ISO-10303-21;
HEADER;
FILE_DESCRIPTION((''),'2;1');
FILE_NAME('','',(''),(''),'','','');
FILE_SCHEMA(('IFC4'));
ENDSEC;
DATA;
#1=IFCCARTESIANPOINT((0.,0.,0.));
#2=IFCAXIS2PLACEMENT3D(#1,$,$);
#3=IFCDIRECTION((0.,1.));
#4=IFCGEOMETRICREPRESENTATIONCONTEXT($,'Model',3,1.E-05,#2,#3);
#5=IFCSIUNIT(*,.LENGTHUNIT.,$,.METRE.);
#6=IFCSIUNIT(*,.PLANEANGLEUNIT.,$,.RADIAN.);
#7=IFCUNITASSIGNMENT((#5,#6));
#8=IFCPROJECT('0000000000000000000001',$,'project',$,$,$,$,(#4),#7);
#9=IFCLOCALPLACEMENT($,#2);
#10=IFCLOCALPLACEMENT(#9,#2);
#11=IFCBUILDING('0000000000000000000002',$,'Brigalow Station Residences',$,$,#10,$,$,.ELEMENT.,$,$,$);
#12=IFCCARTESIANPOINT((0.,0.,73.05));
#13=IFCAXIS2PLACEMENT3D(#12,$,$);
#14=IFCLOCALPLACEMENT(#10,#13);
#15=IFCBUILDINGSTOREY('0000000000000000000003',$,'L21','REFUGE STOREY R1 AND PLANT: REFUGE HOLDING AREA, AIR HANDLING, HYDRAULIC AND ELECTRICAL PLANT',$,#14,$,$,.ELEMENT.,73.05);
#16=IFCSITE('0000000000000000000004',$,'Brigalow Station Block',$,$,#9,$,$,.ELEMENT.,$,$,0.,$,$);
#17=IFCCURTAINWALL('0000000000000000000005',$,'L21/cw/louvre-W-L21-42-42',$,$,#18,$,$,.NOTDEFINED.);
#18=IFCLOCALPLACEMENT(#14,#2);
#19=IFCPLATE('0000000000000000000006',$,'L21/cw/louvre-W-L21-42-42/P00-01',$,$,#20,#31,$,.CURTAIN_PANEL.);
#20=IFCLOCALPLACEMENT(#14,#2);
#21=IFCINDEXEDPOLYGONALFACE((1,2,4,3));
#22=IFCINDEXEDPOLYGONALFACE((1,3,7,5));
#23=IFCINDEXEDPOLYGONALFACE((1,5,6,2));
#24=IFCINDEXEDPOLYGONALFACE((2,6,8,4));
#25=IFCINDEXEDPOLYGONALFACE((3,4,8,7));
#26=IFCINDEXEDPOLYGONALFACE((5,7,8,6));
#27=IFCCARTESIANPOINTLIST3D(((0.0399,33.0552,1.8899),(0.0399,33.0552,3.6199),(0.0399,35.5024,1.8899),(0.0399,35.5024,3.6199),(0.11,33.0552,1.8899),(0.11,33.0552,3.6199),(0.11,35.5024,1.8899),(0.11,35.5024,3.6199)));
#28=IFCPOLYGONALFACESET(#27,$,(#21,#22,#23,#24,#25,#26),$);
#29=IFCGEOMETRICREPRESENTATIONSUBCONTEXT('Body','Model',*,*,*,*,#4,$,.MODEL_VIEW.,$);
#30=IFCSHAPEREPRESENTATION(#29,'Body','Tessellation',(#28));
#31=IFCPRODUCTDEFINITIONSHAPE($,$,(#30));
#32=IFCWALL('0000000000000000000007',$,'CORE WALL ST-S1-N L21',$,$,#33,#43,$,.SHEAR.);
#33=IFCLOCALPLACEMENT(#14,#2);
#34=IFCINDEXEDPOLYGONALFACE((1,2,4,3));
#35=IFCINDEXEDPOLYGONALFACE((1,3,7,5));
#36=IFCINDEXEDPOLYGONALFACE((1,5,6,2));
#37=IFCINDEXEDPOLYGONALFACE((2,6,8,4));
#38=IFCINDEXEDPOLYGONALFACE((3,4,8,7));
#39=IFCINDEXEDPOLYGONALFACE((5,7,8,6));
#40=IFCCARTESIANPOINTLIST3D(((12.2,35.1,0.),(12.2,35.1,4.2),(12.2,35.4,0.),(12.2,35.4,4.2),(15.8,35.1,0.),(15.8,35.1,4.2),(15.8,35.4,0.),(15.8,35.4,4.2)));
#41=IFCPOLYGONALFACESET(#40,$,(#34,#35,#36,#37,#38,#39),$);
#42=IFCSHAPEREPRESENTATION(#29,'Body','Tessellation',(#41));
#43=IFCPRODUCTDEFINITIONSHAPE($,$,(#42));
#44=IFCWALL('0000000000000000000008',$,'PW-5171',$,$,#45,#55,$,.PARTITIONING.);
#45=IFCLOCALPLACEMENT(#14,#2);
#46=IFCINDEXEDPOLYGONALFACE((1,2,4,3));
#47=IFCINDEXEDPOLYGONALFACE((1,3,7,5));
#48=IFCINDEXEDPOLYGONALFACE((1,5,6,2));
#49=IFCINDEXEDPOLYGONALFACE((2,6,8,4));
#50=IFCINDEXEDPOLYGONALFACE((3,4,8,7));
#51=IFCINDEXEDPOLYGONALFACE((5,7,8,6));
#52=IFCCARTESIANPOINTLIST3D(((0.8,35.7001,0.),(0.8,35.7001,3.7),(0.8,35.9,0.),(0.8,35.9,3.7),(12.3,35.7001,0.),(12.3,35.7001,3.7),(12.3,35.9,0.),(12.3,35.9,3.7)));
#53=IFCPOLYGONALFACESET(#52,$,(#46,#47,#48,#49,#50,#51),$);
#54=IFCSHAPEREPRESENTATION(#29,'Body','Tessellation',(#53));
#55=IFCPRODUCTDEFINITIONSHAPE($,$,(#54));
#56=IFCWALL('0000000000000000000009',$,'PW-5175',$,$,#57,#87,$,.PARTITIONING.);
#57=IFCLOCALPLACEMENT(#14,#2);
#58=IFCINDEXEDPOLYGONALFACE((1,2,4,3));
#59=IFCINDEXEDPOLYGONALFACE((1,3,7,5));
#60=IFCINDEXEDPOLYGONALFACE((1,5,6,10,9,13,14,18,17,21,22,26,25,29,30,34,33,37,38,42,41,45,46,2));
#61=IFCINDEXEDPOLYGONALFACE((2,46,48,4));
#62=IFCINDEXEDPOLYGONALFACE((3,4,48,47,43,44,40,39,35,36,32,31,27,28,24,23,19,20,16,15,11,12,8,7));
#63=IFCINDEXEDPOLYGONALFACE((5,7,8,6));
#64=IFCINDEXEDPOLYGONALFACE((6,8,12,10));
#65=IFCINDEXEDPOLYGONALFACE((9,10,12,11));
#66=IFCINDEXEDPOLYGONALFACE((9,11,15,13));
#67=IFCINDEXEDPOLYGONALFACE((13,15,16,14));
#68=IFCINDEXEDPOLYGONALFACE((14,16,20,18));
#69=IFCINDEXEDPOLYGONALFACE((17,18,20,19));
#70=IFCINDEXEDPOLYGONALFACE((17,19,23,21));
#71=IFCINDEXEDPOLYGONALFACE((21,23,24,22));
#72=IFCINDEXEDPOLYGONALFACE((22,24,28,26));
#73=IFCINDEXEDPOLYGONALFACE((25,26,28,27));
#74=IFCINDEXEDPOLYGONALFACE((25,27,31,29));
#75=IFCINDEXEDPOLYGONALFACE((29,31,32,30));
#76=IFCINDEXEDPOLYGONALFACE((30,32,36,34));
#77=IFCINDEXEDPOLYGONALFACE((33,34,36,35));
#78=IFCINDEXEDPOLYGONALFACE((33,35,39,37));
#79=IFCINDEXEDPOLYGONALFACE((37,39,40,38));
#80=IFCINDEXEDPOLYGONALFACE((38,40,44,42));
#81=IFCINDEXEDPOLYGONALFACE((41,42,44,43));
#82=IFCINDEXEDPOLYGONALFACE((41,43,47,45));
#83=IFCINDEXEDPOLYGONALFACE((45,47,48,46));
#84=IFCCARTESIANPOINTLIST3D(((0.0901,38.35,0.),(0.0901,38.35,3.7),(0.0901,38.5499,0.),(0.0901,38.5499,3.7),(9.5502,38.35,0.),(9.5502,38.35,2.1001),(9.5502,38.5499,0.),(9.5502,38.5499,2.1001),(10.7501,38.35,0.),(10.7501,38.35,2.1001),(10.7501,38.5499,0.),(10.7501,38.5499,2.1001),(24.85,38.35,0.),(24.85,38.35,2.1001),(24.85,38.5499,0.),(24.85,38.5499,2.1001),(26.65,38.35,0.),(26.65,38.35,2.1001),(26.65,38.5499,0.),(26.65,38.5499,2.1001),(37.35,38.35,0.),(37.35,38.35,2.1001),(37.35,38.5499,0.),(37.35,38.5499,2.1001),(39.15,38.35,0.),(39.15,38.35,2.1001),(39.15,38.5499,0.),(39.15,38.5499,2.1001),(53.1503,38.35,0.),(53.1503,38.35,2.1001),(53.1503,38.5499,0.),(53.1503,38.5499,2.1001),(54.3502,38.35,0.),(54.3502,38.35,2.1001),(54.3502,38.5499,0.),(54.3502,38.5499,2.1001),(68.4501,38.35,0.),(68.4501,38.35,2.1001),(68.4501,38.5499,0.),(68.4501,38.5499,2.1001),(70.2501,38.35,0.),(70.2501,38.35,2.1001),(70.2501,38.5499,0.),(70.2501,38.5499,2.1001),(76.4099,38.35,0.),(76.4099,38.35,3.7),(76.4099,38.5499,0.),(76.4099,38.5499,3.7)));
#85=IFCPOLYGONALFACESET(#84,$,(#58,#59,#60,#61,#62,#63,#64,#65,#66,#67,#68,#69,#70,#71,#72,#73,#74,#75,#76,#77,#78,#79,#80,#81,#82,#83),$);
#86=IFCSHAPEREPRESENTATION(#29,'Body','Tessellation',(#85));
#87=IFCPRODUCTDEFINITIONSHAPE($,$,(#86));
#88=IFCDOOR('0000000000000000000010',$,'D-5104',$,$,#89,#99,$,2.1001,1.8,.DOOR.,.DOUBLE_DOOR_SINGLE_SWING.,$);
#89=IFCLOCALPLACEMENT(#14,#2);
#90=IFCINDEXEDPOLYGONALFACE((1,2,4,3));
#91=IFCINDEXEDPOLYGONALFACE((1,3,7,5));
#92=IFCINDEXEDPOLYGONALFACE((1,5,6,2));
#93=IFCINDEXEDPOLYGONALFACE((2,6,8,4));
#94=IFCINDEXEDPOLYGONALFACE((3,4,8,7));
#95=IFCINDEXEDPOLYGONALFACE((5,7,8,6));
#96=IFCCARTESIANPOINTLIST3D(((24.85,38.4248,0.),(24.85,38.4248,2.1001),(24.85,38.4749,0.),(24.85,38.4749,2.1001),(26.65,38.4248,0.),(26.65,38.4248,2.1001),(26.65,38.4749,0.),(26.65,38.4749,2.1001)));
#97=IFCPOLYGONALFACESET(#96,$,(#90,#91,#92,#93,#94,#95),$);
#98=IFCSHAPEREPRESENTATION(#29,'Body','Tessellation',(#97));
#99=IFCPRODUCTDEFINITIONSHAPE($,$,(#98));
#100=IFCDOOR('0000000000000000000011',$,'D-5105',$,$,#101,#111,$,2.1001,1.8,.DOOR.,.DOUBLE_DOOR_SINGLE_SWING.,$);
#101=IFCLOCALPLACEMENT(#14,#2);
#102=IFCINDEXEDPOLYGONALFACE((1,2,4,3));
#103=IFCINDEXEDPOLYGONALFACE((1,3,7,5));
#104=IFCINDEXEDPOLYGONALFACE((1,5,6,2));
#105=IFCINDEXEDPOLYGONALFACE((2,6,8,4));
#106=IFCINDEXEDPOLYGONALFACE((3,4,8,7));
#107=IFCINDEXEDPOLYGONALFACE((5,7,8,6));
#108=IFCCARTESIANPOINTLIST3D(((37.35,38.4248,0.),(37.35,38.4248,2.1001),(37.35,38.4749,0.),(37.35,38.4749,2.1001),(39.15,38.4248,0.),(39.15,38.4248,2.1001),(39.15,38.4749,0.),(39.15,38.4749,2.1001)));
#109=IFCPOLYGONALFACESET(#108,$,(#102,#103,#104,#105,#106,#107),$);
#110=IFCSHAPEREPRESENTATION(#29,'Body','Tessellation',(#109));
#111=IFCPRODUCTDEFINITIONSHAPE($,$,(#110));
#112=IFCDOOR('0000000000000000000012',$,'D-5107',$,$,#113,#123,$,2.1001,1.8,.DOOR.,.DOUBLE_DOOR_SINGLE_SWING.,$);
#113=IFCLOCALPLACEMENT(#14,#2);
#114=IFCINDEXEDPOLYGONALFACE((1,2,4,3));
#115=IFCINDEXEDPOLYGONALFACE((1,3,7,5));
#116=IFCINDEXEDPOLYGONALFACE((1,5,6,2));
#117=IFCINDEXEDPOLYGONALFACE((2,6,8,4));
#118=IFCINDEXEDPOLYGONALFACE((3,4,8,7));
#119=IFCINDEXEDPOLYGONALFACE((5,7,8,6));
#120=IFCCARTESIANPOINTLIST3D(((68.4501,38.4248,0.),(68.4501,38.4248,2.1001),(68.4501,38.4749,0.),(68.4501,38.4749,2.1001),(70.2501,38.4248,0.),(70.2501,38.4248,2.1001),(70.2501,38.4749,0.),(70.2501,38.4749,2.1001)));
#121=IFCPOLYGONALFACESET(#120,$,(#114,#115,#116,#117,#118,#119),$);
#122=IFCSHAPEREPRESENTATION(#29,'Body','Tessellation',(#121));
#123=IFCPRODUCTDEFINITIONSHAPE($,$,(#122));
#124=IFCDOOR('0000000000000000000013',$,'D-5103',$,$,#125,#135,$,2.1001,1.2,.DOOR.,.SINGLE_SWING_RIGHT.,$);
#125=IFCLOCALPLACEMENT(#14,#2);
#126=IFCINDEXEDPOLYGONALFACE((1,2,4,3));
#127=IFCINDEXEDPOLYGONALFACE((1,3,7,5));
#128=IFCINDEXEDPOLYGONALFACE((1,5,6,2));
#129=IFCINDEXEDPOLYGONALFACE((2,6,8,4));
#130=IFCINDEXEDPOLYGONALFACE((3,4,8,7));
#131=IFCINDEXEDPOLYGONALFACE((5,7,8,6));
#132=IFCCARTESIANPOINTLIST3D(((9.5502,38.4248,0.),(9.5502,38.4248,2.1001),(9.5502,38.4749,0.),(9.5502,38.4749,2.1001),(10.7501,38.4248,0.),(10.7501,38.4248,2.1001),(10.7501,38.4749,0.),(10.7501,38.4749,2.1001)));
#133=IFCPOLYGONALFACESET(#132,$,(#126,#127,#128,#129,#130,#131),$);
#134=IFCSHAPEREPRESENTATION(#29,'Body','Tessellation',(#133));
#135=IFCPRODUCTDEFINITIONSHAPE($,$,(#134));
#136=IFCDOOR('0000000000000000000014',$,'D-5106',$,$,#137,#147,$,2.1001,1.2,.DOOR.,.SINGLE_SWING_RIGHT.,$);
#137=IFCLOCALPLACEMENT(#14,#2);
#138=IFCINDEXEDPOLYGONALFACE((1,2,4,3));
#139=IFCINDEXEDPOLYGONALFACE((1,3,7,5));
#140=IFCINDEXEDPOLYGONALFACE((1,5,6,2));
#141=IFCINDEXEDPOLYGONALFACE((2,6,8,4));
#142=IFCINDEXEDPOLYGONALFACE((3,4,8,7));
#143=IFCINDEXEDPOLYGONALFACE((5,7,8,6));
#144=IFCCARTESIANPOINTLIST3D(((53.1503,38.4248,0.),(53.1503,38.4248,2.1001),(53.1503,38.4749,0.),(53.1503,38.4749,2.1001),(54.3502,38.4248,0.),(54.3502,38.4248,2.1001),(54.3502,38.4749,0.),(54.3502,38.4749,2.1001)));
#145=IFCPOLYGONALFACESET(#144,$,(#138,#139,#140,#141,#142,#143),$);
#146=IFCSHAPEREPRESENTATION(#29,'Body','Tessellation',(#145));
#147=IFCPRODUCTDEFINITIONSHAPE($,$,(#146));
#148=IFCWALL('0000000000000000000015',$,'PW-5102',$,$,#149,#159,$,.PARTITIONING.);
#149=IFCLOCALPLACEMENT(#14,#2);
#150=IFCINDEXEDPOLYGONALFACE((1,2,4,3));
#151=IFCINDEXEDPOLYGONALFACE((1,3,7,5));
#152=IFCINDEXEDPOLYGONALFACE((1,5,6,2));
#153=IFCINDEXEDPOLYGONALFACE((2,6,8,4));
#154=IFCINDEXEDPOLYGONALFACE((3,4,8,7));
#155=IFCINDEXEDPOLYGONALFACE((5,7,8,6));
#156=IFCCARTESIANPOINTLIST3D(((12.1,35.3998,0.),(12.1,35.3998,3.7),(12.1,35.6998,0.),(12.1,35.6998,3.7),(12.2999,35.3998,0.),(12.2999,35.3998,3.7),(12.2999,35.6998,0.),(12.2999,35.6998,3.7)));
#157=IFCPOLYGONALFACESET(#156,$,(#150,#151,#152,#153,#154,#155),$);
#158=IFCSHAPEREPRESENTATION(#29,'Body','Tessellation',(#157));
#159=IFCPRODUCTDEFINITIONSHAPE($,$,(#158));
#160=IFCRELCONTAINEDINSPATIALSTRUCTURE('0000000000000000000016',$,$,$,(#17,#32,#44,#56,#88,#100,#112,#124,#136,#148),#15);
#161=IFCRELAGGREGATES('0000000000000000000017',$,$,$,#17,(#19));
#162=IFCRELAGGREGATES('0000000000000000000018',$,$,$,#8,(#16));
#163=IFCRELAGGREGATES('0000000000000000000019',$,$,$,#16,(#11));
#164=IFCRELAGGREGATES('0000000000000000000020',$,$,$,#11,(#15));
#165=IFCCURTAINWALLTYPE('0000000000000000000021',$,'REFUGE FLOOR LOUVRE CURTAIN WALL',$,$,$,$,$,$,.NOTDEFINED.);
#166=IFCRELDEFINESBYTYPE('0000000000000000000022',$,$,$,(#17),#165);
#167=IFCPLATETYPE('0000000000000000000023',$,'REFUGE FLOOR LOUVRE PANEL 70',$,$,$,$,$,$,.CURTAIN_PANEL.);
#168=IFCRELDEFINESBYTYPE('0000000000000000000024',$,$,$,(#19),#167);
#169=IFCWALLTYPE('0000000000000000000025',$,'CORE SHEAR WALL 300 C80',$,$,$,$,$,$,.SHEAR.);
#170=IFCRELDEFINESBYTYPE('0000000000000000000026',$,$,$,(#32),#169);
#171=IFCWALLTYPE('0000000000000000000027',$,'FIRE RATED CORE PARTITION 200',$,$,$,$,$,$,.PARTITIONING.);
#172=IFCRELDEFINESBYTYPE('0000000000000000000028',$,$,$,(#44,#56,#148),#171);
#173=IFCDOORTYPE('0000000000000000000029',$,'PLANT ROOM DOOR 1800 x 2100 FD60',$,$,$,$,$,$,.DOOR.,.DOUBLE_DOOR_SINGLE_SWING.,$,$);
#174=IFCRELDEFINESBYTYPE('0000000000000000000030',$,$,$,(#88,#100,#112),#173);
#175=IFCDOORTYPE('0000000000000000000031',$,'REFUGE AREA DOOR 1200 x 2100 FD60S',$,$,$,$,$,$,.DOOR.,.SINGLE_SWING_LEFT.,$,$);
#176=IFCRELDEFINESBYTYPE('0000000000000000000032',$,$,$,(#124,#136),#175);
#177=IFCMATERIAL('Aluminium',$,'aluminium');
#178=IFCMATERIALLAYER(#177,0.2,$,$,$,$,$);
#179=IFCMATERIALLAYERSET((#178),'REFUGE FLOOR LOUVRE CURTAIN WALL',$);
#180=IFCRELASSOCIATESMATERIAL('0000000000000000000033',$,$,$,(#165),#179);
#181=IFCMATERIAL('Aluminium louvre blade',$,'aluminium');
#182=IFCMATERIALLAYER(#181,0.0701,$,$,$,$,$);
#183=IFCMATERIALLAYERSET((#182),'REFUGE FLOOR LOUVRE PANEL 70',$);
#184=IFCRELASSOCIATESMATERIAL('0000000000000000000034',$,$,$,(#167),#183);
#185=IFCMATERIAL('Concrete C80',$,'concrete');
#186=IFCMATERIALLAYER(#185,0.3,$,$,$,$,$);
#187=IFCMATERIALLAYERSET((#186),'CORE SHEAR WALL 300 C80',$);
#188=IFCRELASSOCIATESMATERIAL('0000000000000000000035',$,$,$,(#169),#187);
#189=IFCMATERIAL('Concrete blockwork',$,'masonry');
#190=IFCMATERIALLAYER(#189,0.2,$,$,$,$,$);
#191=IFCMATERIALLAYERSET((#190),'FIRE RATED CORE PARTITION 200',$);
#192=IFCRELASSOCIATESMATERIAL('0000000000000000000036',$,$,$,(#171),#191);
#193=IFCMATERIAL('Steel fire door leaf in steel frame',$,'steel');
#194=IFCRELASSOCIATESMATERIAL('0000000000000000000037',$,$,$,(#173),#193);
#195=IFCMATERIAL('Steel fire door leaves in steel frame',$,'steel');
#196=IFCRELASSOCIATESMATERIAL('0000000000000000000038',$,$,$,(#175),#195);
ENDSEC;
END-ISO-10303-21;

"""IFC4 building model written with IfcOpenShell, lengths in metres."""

from ifc_helpers import new_model, si_unit, direction, frame, frame_2d, origin, origin_2d, place, context, subcontext, project, spatial, rectangle, extrude, material, layer, layer_set, type_object, element, fill, aggregate, save


model = new_model("IFC4")

# Units and contexts
model_context = context("Model", 3, precision=1e-05, world=origin(), true_north=direction((0.0, 1.0)))
body_context = subcontext(model_context, "Body", "Model", "MODEL_VIEW")
ifc_project = project(units=[si_unit("LENGTHUNIT", "METRE"), si_unit("PLANEANGLEUNIT", "RADIAN")], contexts=[model_context])

# Site, building, storey
site_placement = place(None, origin())
site = spatial("IfcSite", under=ifc_project, at=site_placement, Name="Brigalow Station Block", CompositionType="ELEMENT", RefElevation=0.0)
building_placement = place(site_placement, origin())
building = spatial("IfcBuilding", under=site, at=building_placement, Name="Brigalow Station Residences", CompositionType="ELEMENT")
storey_placement = place(building_placement, frame((0.0, 0.0, 73.05)))
storey = spatial("IfcBuildingStorey", under=building, at=storey_placement, Name="L21", Description="REFUGE STOREY R1 AND PLANT: REFUGE HOLDING AREA, AIR HANDLING, HYDRAULIC AND ELECTRICAL PLANT", CompositionType="ELEMENT", Elevation=73.05)

# Shared definitions
ifc_material_1 = material(Name="Aluminium", Category="aluminium")
ifc_layer_1 = layer(ifc_material_1, 0.2)
ifc_layer_set_1 = layer_set([ifc_layer_1], Name="REFUGE FLOOR LOUVRE CURTAIN WALL")
curtain_wall_type = type_object("IfcCurtainWallType", Name="REFUGE FLOOR LOUVRE CURTAIN WALL", PredefinedType="NOTDEFINED", material=ifc_layer_set_1)

# Curtain wall
curtain_wall_1_placement = place(storey_placement, origin())
curtain_wall_1 = element("IfcCurtainWall", 1, at=curtain_wall_1_placement, inside=storey, type_object=curtain_wall_type, Name="L21/cw/louvre-W-L21-42-42", PredefinedType="NOTDEFINED")

# Plate
ifc_material_2 = material(Name="Aluminium louvre blade", Category="aluminium")
ifc_layer_2 = layer(ifc_material_2, 0.0701)
ifc_layer_set_2 = layer_set([ifc_layer_2], Name="REFUGE FLOOR LOUVRE PANEL 70")
plate_type = type_object("IfcPlateType", Name="REFUGE FLOOR LOUVRE PANEL 70", PredefinedType="CURTAIN_PANEL", material=ifc_layer_set_2)
plate_1_placement = place(storey_placement, frame((0.075, 34.2788, 1.8899), z_axis=(0.0, 0.0, 1.0), x_axis=(0.0, -1.0, 0.0)))
plate_1 = element("IfcPlate", 2, at=plate_1_placement, type_object=plate_type, Name="L21/cw/louvre-W-L21-42-42/P00-01", PredefinedType="CURTAIN_PANEL", context=body_context, shape_type="SweptSolid", body=[
    extrude(rectangle(XDim=2.4473, YDim=0.0701, at=origin_2d()), origin(), (0.0, 0.0, 1.0), 1.73),
])
aggregate(curtain_wall_1, [plate_1])

# Walls
ifc_material_3 = material(Name="Concrete C80", Category="concrete")
ifc_layer_3 = layer(ifc_material_3, 0.3)
ifc_layer_set_3 = layer_set([ifc_layer_3], Name="CORE SHEAR WALL 300 C80")
wall_type_1 = type_object("IfcWallType", Name="CORE SHEAR WALL 300 C80", PredefinedType="SHEAR", material=ifc_layer_set_3)
wall_1_placement = place(storey_placement, frame((12.2, 35.25, 0.0), z_axis=(0.0, 0.0, 1.0), x_axis=(1.0, 0.0, 0.0)))
element("IfcWall", 3, at=wall_1_placement, inside=storey, type_object=wall_type_1, Name="CORE WALL ST-S1-N L21", PredefinedType="SHEAR", context=body_context, shape_type="SweptSolid", body=[
    extrude(rectangle(XDim=3.6001, YDim=0.3, at=frame_2d((1.8, 0.0))), origin(), (0.0, 0.0, 1.0), 4.2),
])
ifc_material_4 = material(Name="Concrete blockwork", Category="masonry")
ifc_layer_4 = layer(ifc_material_4, 0.2)
ifc_layer_set_4 = layer_set([ifc_layer_4], Name="FIRE RATED CORE PARTITION 200")
wall_type_2 = type_object("IfcWallType", Name="FIRE RATED CORE PARTITION 200", PredefinedType="PARTITIONING", material=ifc_layer_set_4)
wall_2_placement = place(storey_placement, frame((0.8, 35.8, 0.0), z_axis=(0.0, 0.0, 1.0), x_axis=(1.0, 0.0, 0.0)))
element("IfcWall", 4, at=wall_2_placement, inside=storey, type_object=wall_type_2, Name="PW-5171", PredefinedType="PARTITIONING", context=body_context, shape_type="SweptSolid", body=[
    extrude(rectangle(XDim=11.5, YDim=0.2, at=frame_2d((5.75, 0.0))), origin(), (0.0, 0.0, 1.0), 3.7),
])

# Wall, openings, doors
wall_3_placement = place(storey_placement, frame((0.0901, 38.45, 0.0), z_axis=(0.0, 0.0, 1.0), x_axis=(1.0, 0.0, 0.0)))
wall_3 = element("IfcWall", 5, at=wall_3_placement, inside=storey, type_object=wall_type_2, Name="PW-5175", PredefinedType="PARTITIONING", context=body_context, shape_type="SweptSolid", body=[
    extrude(rectangle(XDim=76.3198, YDim=0.2, at=frame_2d((38.1599, 0.0))), origin(), (0.0, 0.0, 1.0), 3.7),
])
opening_1_placement = place(wall_3_placement, frame((9.46, 0.0, 0.0)))
opening_1 = element("IfcOpeningElement", 6, at=opening_1_placement, cuts=wall_3, PredefinedType="OPENING", context=body_context, shape_type="SweptSolid", body=[
    extrude(rectangle(XDim=1.2, YDim=2.1001, at=frame_2d((0.6001, 1.05))), frame((0.0, 0.1099, 0.0), z_axis=(0.0, -1.0, 0.0), x_axis=(1.0, 0.0, 0.0)), (0.0, 0.0, 1.0), 0.22),
])
opening_2_placement = place(wall_3_placement, frame((24.76, 0.0, 0.0)))
opening_2 = element("IfcOpeningElement", 7, at=opening_2_placement, cuts=wall_3, PredefinedType="OPENING", context=body_context, shape_type="SweptSolid", body=[
    extrude(rectangle(XDim=1.8, YDim=2.1001, at=frame_2d((0.8999, 1.05))), frame((0.0, 0.1099, 0.0), z_axis=(0.0, -1.0, 0.0), x_axis=(1.0, 0.0, 0.0)), (0.0, 0.0, 1.0), 0.22),
])
opening_3_placement = place(wall_3_placement, frame((37.26, 0.0, 0.0)))
opening_3 = element("IfcOpeningElement", 8, at=opening_3_placement, cuts=wall_3, PredefinedType="OPENING", context=body_context, shape_type="SweptSolid", body=[
    extrude(rectangle(XDim=1.8, YDim=2.1001, at=frame_2d((0.8999, 1.05))), frame((0.0, 0.1099, 0.0), z_axis=(0.0, -1.0, 0.0), x_axis=(1.0, 0.0, 0.0)), (0.0, 0.0, 1.0), 0.22),
])
opening_4_placement = place(wall_3_placement, frame((53.0601, 0.0, 0.0)))
opening_4 = element("IfcOpeningElement", 9, at=opening_4_placement, cuts=wall_3, PredefinedType="OPENING", context=body_context, shape_type="SweptSolid", body=[
    extrude(rectangle(XDim=1.2, YDim=2.1001, at=frame_2d((0.6001, 1.05))), frame((0.0, 0.1099, 0.0), z_axis=(0.0, -1.0, 0.0), x_axis=(1.0, 0.0, 0.0)), (0.0, 0.0, 1.0), 0.22),
])
opening_5_placement = place(wall_3_placement, frame((68.3601, 0.0, 0.0)))
opening_5 = element("IfcOpeningElement", 10, at=opening_5_placement, cuts=wall_3, PredefinedType="OPENING", context=body_context, shape_type="SweptSolid", body=[
    extrude(rectangle(XDim=1.8, YDim=2.1001, at=frame_2d((0.8999, 1.05))), frame((0.0, 0.1099, 0.0), z_axis=(0.0, -1.0, 0.0), x_axis=(1.0, 0.0, 0.0)), (0.0, 0.0, 1.0), 0.22),
])
ifc_material_5 = material(Name="Steel fire door leaf in steel frame", Category="steel")
door_type_1 = type_object("IfcDoorType", Name="PLANT ROOM DOOR 1800 x 2100 FD60", OperationType="DOUBLE_DOOR_SINGLE_SWING", PredefinedType="DOOR", material=ifc_material_5)
door_1_placement = place(opening_2_placement, origin())
door_1 = element("IfcDoor", 11, at=door_1_placement, inside=storey, type_object=door_type_1, Name="D-5104", OperationType="DOUBLE_DOOR_SINGLE_SWING", OverallHeight=2.1001, OverallWidth=1.8, PredefinedType="DOOR", context=body_context, shape_type="SweptSolid", body=[
    extrude(rectangle(XDim=1.8, YDim=2.1001, at=frame_2d((0.8999, 1.05))), frame((0.0, 0.0249, 0.0), z_axis=(0.0, -1.0, 0.0), x_axis=(1.0, 0.0, 0.0)), (0.0, 0.0, 1.0), 0.05),
])
fill(opening_2, door_1)
door_2_placement = place(opening_3_placement, origin())
door_2 = element("IfcDoor", 12, at=door_2_placement, inside=storey, type_object=door_type_1, Name="D-5105", OperationType="DOUBLE_DOOR_SINGLE_SWING", OverallHeight=2.1001, OverallWidth=1.8, PredefinedType="DOOR", context=body_context, shape_type="SweptSolid", body=[
    extrude(rectangle(XDim=1.8, YDim=2.1001, at=frame_2d((0.8999, 1.05))), frame((0.0, 0.0249, 0.0), z_axis=(0.0, -1.0, 0.0), x_axis=(1.0, 0.0, 0.0)), (0.0, 0.0, 1.0), 0.05),
])
fill(opening_3, door_2)
door_3_placement = place(opening_5_placement, origin())
door_3 = element("IfcDoor", 13, at=door_3_placement, inside=storey, type_object=door_type_1, Name="D-5107", OperationType="DOUBLE_DOOR_SINGLE_SWING", OverallHeight=2.1001, OverallWidth=1.8, PredefinedType="DOOR", context=body_context, shape_type="SweptSolid", body=[
    extrude(rectangle(XDim=1.8, YDim=2.1001, at=frame_2d((0.8999, 1.05))), frame((0.0, 0.0249, 0.0), z_axis=(0.0, -1.0, 0.0), x_axis=(1.0, 0.0, 0.0)), (0.0, 0.0, 1.0), 0.05),
])
fill(opening_5, door_3)
ifc_material_6 = material(Name="Steel fire door leaves in steel frame", Category="steel")
door_type_2 = type_object("IfcDoorType", Name="REFUGE AREA DOOR 1200 x 2100 FD60S", OperationType="SINGLE_SWING_LEFT", PredefinedType="DOOR", material=ifc_material_6)
door_4_placement = place(opening_1_placement, origin())
door_4 = element("IfcDoor", 14, at=door_4_placement, inside=storey, type_object=door_type_2, Name="D-5103", OperationType="SINGLE_SWING_RIGHT", OverallHeight=2.1001, OverallWidth=1.2, PredefinedType="DOOR", context=body_context, shape_type="SweptSolid", body=[
    extrude(rectangle(XDim=1.2, YDim=2.1001, at=frame_2d((0.6001, 1.05))), frame((0.0, 0.0249, 0.0), z_axis=(0.0, -1.0, 0.0), x_axis=(1.0, 0.0, 0.0)), (0.0, 0.0, 1.0), 0.05),
])
fill(opening_1, door_4)
door_5_placement = place(opening_4_placement, origin())
door_5 = element("IfcDoor", 15, at=door_5_placement, inside=storey, type_object=door_type_2, Name="D-5106", OperationType="SINGLE_SWING_RIGHT", OverallHeight=2.1001, OverallWidth=1.2, PredefinedType="DOOR", context=body_context, shape_type="SweptSolid", body=[
    extrude(rectangle(XDim=1.2, YDim=2.1001, at=frame_2d((0.6001, 1.05))), frame((0.0, 0.0249, 0.0), z_axis=(0.0, -1.0, 0.0), x_axis=(1.0, 0.0, 0.0)), (0.0, 0.0, 1.0), 0.05),
])
fill(opening_4, door_5)

# Wall
wall_4_placement = place(storey_placement, frame((12.2, 35.3999, 0.0), z_axis=(0.0, 0.0, 1.0), x_axis=(0.0, 1.0, 0.0)))
element("IfcWall", 16, at=wall_4_placement, inside=storey, type_object=wall_type_2, Name="PW-5102", PredefinedType="PARTITIONING", context=body_context, shape_type="SweptSolid", body=[
    extrude(rectangle(XDim=0.3, YDim=0.2, at=frame_2d((0.1499, 0.0))), origin(), (0.0, 0.0, 1.0), 3.7),
])

save(model, "model.ifc")
